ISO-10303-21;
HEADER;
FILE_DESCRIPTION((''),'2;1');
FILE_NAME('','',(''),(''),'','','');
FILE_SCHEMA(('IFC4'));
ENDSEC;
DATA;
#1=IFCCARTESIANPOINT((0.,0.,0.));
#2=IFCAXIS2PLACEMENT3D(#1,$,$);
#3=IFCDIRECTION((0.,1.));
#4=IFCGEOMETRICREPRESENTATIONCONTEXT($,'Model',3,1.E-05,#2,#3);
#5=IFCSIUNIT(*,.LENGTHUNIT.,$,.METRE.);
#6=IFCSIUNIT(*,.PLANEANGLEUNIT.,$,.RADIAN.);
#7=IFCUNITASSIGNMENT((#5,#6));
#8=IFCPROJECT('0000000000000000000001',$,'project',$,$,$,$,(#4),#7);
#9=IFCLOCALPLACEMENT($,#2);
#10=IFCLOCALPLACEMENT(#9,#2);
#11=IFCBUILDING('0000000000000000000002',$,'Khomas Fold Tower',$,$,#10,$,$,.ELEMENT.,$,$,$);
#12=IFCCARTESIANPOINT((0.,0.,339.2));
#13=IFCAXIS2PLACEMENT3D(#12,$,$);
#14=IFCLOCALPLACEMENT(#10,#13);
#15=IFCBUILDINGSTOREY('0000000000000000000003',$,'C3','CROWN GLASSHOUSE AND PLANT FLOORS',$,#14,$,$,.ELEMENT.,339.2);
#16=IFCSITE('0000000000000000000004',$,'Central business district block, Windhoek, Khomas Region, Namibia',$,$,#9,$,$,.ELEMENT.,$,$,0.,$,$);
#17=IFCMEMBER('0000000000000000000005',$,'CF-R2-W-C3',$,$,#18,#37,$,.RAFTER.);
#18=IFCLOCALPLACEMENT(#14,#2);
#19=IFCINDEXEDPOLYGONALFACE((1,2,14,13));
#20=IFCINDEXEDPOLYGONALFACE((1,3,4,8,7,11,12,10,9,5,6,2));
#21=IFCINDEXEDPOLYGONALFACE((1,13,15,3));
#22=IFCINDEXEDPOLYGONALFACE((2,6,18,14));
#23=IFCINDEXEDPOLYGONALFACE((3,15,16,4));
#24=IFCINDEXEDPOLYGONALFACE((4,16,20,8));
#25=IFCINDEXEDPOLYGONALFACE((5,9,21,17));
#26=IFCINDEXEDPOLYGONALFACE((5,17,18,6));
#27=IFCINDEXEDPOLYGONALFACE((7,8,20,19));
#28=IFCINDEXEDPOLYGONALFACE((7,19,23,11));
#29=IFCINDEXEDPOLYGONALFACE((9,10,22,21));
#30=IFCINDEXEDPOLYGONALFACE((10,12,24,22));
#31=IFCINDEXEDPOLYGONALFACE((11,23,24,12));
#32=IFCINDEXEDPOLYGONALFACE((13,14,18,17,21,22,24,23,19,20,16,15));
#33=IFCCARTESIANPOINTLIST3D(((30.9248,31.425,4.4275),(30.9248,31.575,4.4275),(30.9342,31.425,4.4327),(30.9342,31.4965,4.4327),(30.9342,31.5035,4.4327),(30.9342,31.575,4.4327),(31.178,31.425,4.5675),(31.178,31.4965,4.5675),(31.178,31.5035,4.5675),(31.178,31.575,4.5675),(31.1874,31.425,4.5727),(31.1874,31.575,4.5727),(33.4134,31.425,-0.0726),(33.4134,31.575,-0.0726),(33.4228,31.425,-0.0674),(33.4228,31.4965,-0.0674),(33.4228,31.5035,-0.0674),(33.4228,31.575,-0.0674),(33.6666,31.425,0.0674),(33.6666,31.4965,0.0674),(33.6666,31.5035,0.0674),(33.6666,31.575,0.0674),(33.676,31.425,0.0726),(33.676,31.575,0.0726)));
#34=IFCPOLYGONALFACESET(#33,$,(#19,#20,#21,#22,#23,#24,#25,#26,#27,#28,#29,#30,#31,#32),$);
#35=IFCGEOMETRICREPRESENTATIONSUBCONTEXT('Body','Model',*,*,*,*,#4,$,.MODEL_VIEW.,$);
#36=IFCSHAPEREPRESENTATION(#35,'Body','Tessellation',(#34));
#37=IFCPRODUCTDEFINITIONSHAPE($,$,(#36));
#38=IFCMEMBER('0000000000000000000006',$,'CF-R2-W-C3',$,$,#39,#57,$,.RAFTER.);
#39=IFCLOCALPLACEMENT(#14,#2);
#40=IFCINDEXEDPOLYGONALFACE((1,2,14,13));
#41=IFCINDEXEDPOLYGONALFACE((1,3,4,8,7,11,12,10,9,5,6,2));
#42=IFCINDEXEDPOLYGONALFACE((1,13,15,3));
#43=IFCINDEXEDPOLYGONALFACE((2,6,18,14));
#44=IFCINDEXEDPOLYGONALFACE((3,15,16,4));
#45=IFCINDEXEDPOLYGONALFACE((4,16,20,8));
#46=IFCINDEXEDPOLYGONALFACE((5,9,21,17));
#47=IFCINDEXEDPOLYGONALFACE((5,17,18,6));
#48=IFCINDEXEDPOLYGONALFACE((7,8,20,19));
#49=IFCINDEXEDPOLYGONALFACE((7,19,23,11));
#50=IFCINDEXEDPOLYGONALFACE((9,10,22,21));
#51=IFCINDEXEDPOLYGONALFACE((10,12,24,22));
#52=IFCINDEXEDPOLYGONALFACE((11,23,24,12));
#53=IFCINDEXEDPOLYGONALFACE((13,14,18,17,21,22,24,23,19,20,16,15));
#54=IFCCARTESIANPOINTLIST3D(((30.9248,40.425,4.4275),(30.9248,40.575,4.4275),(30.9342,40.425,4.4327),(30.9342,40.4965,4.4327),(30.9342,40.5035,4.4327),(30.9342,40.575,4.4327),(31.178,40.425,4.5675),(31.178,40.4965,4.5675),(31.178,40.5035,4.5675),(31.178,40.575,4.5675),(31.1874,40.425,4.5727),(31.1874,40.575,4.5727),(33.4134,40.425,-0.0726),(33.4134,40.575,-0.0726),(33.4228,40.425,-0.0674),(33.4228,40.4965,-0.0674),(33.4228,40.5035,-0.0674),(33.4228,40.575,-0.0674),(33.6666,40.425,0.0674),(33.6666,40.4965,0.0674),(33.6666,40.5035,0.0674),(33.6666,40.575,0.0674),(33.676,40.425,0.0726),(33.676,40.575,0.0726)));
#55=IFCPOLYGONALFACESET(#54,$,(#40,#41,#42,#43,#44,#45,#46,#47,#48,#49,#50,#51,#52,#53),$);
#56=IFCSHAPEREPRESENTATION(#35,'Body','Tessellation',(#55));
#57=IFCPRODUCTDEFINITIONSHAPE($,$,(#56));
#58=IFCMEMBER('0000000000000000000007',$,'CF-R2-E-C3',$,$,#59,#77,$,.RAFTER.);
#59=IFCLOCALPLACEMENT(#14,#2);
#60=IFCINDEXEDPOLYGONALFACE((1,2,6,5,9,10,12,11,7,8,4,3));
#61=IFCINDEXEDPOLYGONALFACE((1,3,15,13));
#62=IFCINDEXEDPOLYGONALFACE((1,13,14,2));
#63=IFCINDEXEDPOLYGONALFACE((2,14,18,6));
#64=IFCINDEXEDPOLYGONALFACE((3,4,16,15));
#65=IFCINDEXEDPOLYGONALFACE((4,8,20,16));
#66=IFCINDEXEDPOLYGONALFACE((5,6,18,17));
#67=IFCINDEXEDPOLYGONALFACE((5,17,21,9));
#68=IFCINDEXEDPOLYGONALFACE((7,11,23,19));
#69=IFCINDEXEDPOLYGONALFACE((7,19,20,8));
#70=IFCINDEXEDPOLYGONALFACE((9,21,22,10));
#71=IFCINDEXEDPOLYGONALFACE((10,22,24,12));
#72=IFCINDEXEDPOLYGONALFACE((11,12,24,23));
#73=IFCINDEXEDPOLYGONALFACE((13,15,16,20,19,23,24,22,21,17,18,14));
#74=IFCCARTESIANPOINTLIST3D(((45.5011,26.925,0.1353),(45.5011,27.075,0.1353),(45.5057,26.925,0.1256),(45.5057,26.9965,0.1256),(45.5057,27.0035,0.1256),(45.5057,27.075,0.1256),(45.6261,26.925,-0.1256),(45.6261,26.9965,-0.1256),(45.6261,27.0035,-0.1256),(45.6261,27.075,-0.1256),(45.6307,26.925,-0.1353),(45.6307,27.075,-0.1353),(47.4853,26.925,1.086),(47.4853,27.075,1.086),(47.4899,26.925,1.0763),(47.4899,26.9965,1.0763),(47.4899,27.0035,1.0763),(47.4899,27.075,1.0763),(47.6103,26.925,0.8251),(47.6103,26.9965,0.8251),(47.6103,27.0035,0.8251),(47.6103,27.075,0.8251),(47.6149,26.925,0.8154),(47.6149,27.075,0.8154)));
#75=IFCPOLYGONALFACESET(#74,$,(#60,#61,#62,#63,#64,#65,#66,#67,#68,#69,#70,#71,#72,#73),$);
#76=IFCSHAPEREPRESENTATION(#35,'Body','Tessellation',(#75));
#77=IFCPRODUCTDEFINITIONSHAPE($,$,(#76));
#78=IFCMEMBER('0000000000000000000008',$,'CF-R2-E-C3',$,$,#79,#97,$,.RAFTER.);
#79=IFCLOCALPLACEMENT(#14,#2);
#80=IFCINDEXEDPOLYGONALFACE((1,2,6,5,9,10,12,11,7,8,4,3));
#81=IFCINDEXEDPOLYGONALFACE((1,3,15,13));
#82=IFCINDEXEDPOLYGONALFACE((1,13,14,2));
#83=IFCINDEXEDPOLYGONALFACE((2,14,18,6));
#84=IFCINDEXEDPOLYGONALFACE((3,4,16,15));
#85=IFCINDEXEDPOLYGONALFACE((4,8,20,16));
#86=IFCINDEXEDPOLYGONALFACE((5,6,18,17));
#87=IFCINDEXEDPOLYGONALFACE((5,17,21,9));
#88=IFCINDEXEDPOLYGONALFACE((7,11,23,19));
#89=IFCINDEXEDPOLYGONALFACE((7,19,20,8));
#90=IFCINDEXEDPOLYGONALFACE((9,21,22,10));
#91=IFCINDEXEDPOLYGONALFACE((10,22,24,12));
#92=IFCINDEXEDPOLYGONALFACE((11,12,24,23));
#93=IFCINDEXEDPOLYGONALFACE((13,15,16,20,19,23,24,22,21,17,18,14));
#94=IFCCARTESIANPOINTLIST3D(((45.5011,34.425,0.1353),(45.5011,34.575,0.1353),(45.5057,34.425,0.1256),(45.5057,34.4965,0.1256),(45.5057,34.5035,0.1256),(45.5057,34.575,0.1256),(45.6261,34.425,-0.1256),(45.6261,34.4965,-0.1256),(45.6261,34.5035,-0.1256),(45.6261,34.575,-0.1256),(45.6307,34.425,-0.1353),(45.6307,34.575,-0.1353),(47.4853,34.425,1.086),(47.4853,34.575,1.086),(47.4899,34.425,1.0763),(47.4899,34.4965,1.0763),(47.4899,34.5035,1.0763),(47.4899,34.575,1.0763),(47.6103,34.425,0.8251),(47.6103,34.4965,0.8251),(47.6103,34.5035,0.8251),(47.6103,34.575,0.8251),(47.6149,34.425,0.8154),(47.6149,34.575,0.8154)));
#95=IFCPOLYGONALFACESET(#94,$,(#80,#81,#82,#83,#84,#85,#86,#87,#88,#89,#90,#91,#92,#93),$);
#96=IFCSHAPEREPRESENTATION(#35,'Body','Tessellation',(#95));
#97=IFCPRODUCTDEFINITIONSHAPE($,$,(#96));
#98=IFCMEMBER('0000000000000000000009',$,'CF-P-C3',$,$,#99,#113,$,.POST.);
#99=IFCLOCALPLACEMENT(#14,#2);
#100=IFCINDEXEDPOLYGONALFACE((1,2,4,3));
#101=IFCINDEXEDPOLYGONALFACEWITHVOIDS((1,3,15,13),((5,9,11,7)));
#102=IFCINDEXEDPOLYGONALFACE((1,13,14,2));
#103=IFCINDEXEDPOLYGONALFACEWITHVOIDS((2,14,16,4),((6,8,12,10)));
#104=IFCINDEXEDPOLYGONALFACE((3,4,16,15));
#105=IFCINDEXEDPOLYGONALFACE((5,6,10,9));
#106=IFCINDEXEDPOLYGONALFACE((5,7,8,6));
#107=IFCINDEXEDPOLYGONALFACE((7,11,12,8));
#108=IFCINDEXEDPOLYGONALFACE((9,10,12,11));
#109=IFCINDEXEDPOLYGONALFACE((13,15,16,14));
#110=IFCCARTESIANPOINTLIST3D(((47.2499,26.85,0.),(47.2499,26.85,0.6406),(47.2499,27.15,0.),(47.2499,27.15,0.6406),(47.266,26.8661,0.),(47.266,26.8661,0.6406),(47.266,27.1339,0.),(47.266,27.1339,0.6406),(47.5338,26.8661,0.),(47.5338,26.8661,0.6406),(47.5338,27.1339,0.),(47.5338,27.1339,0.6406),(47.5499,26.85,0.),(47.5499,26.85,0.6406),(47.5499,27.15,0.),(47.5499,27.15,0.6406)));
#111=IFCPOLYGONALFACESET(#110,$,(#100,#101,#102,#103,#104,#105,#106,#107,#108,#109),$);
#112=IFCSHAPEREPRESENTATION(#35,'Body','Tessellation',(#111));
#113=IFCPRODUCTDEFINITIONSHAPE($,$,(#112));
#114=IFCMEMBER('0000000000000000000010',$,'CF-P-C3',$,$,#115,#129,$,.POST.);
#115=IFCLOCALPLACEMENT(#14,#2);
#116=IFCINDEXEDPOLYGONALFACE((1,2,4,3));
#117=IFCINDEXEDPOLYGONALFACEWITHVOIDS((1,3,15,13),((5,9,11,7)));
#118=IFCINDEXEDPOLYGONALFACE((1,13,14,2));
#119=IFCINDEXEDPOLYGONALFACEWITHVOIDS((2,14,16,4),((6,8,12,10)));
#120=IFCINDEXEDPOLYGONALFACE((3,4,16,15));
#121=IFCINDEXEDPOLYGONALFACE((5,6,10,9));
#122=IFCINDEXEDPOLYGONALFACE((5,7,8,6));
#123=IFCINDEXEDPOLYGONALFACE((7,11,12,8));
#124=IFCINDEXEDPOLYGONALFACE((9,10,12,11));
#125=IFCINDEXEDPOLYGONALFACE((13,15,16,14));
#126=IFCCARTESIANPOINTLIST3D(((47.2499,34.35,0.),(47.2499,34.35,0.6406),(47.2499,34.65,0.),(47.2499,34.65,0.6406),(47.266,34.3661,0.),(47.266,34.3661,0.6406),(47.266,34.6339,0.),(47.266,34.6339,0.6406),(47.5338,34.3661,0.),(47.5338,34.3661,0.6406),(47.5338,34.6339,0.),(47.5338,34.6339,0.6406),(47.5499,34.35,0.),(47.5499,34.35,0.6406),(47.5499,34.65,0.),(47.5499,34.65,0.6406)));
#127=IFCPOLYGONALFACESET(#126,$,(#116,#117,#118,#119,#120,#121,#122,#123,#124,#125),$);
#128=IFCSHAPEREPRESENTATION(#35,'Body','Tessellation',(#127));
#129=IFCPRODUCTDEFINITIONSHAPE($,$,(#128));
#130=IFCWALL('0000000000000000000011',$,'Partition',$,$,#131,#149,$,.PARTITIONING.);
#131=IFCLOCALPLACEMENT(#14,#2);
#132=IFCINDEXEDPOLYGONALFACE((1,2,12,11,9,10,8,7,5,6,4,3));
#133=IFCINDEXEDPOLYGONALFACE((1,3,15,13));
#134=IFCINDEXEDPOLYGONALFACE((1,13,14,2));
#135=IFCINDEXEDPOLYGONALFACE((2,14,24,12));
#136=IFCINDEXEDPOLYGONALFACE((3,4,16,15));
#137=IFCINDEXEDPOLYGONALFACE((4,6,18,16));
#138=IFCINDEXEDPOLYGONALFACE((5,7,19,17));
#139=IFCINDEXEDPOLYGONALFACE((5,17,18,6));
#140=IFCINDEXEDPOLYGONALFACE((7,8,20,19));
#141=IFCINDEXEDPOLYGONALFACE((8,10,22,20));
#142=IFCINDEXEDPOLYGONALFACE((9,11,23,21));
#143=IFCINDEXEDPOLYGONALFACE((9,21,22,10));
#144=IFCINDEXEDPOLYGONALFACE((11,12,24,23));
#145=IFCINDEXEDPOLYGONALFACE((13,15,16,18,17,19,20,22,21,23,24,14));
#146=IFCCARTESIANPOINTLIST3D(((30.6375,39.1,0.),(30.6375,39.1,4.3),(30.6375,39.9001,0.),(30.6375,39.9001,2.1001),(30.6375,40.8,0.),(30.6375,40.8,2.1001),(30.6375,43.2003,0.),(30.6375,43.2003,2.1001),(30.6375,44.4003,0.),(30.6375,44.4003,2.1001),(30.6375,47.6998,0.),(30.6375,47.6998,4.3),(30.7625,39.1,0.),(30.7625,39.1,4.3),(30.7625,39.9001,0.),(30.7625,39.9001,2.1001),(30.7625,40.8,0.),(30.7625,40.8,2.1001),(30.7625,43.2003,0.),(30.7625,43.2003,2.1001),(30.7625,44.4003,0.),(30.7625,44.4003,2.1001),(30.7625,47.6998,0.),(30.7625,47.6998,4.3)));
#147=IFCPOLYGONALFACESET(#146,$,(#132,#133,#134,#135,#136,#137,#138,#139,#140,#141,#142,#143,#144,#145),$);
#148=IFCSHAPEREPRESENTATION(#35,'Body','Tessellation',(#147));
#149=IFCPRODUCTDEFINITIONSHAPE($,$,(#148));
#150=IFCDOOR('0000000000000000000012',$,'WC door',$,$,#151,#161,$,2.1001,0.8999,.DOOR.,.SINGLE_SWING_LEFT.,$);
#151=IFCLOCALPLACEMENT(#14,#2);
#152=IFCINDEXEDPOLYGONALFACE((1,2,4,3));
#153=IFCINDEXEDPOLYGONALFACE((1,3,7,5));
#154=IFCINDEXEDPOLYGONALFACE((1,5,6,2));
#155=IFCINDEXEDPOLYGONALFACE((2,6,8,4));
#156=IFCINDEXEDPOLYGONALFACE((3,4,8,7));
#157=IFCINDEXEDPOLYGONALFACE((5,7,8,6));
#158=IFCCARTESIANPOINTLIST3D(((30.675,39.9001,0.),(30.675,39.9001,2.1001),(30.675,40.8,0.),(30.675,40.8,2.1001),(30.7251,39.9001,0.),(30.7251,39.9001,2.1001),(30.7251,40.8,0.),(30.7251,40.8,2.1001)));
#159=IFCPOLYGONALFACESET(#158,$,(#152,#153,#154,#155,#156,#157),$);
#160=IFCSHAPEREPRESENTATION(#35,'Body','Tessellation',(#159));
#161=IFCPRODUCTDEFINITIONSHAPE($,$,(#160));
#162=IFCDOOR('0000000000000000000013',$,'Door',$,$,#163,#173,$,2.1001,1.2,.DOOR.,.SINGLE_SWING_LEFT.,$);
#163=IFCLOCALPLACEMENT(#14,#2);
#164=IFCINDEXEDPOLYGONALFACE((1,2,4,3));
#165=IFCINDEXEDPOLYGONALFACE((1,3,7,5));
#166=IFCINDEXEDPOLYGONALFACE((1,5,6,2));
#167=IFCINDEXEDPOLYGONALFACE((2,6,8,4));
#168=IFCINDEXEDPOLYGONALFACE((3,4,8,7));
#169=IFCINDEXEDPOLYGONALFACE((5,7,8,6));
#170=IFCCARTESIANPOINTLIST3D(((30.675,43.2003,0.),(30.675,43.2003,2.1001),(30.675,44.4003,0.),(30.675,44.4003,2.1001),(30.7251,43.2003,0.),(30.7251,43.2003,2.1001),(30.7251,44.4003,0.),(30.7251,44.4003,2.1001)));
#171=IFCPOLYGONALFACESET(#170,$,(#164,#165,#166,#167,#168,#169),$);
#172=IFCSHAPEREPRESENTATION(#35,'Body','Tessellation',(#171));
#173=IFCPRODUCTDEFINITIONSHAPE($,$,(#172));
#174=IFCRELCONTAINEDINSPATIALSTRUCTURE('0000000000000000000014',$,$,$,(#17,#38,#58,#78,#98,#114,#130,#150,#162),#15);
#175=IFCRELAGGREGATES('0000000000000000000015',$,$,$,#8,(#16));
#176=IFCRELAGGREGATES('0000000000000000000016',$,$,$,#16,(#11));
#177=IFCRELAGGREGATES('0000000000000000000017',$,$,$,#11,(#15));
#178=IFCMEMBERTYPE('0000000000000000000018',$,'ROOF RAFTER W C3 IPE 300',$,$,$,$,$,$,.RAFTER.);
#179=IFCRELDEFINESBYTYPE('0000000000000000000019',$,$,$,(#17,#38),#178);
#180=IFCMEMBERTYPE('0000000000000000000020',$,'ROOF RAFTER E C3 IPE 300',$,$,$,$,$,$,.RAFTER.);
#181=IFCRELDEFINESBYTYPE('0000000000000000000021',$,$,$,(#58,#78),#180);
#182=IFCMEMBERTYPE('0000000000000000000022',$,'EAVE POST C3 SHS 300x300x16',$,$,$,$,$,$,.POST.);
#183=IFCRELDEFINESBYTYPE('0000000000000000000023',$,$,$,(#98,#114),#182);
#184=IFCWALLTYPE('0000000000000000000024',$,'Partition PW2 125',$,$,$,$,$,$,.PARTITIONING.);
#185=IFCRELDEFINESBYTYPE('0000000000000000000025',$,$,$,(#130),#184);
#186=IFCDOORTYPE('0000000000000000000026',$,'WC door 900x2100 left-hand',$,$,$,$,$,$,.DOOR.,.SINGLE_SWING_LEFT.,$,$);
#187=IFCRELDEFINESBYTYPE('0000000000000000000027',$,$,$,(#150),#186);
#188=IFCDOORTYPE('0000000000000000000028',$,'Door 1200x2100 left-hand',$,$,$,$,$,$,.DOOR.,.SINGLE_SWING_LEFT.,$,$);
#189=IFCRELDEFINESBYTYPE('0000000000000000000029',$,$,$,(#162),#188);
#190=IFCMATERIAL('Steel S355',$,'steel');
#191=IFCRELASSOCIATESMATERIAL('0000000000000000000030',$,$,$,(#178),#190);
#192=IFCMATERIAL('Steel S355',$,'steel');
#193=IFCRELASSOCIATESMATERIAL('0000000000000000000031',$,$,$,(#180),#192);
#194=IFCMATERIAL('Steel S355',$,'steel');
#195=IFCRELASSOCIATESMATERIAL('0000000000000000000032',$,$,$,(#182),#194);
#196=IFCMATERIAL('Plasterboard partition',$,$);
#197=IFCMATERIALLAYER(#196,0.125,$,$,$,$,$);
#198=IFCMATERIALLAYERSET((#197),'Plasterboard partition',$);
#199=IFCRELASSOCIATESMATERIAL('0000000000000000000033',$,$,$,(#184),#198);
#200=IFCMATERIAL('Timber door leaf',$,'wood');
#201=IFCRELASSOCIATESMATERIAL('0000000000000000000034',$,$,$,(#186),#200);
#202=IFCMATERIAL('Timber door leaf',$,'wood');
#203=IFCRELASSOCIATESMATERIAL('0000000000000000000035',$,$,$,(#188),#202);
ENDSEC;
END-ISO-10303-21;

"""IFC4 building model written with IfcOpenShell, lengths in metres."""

from ifc_helpers import new_model, si_unit, direction, frame, frame_2d, origin, origin_2d, place, context, subcontext, project, spatial, rectangle, hollow_rectangle, i_section, extrude, source, transform, mapped, material, layer, layer_set, material_profile, profile_set, type_object, element, fill, save


model = new_model("IFC4")

# Units and contexts
model_context = context("Model", 3, precision=1e-05, world=origin(), true_north=direction((0.0, 1.0)))
body_context = subcontext(model_context, "Body", "Model", "MODEL_VIEW")
ifc_project = project(units=[si_unit("LENGTHUNIT", "METRE"), si_unit("PLANEANGLEUNIT", "RADIAN")], contexts=[model_context])

# Site, building, storey
site_placement = place(None, origin())
site = spatial("IfcSite", under=ifc_project, at=site_placement, Name="Central business district block, Windhoek, Khomas Region, Namibia", CompositionType="ELEMENT", RefElevation=0.0)
building_placement = place(site_placement, origin())
building = spatial("IfcBuilding", under=site, at=building_placement, Name="Khomas Fold Tower", CompositionType="ELEMENT")
storey_placement = place(building_placement, frame((0.0, 0.0, 339.2)))
storey = spatial("IfcBuildingStorey", under=building, at=storey_placement, Name="C3", Description="CROWN GLASSHOUSE AND PLANT FLOORS", CompositionType="ELEMENT", Elevation=339.2)

# Members
ifc_material_1 = material(Name="Steel S355", Category="steel")
ifc_material_profile_1 = material_profile(ifc_material_1, i_section(OverallWidth=0.1499, OverallDepth=0.3, WebThickness=0.0071, FlangeThickness=0.0107, at=origin_2d()), Name="IPE 300")
ifc_profile_set_1 = profile_set([ifc_material_profile_1], Name="Steel S355")
member_type_1 = type_object("IfcMemberType", Name="ROOF RAFTER W C3 IPE 300", PredefinedType="RAFTER", material=ifc_profile_set_1)
shared_shape_1 = source(origin(), body_context, "Body", "SweptSolid", [
    extrude(i_section(OverallWidth=0.1499, OverallDepth=0.3, WebThickness=0.0071, FlangeThickness=0.0107, at=origin_2d()), origin(), (0.0, 0.0, 1.0), 5.1423),
])
for number, where, z_axis, x_axis, name in (
    (1, (33.5447, 31.5, 0.0), (-0.483937, 0.0, 0.875103), (0.0, -1.0, 0.0), "CF-R2-W-C3"),
    (2, (33.5447, 40.5, 0.0), (-0.483937, 0.0, 0.875103), (0.0, -1.0, 0.0), "CF-R2-W-C3"),
):
    element("IfcMember", number, at=place(storey_placement, frame(where, z_axis=z_axis, x_axis=x_axis)), inside=storey, type_object=member_type_1, Name=name, PredefinedType="RAFTER", context=body_context, shape_type="MappedRepresentation", body=[
        mapped(shared_shape_1, transform((0.0, 0.0, 0.0))),
    ])
ifc_material_2 = material(Name="Steel S355", Category="steel")
ifc_material_profile_2 = material_profile(ifc_material_2, i_section(OverallWidth=0.1499, OverallDepth=0.3, WebThickness=0.0071, FlangeThickness=0.0107, at=origin_2d()), Name="IPE 300")
ifc_profile_set_2 = profile_set([ifc_material_profile_2], Name="Steel S355")
member_type_2 = type_object("IfcMemberType", Name="ROOF RAFTER E C3 IPE 300", PredefinedType="RAFTER", material=ifc_profile_set_2)
shared_shape_2 = source(origin(), body_context, "Body", "SweptSolid", [
    extrude(i_section(OverallWidth=0.1499, OverallDepth=0.3, WebThickness=0.0071, FlangeThickness=0.0107, at=origin_2d()), origin(), (0.0, 0.0, 1.0), 2.2002),
])
for number, where, z_axis, x_axis, name in (
    (3, (45.5659, 27.0, 0.0), (0.901824, 0.0, 0.432103), (0.0, 1.0, 0.0), "CF-R2-E-C3"),
    (4, (45.5659, 34.5, 0.0), (0.901824, 0.0, 0.432103), (0.0, 1.0, 0.0), "CF-R2-E-C3"),
):
    element("IfcMember", number, at=place(storey_placement, frame(where, z_axis=z_axis, x_axis=x_axis)), inside=storey, type_object=member_type_2, Name=name, PredefinedType="RAFTER", context=body_context, shape_type="MappedRepresentation", body=[
        mapped(shared_shape_2, transform((0.0, 0.0, 0.0))),
    ])
ifc_material_3 = material(Name="Steel S355", Category="steel")
ifc_material_profile_3 = material_profile(ifc_material_3, hollow_rectangle(XDim=0.3, YDim=0.3, WallThickness=0.0161, at=origin_2d()), Name="SHS 300x300x16")
ifc_profile_set_3 = profile_set([ifc_material_profile_3], Name="Steel S355")
member_type_3 = type_object("IfcMemberType", Name="EAVE POST C3 SHS 300x300x16", PredefinedType="POST", material=ifc_profile_set_3)
shared_shape_3 = source(origin(), body_context, "Body", "SweptSolid", [
    extrude(hollow_rectangle(XDim=0.3, YDim=0.3, WallThickness=0.0161, at=origin_2d()), origin(), (0.0, 0.0, 1.0), 0.6406),
])
for number, where, z_axis, x_axis, name in (
    (5, (47.3999, 27.0, 0.0), (0.0, 0.0, 1.0), (1.0, 0.0, 0.0), "CF-P-C3"),
    (6, (47.3999, 34.5, 0.0), (0.0, 0.0, 1.0), (1.0, 0.0, 0.0), "CF-P-C3"),
):
    element("IfcMember", number, at=place(storey_placement, frame(where, z_axis=z_axis, x_axis=x_axis)), inside=storey, type_object=member_type_3, Name=name, PredefinedType="POST", context=body_context, shape_type="MappedRepresentation", body=[
        mapped(shared_shape_3, transform((0.0, 0.0, 0.0))),
    ])

# Wall, openings, doors
ifc_material_4 = material(Name="Plasterboard partition")
ifc_layer = layer(ifc_material_4, 0.125)
ifc_layer_set = layer_set([ifc_layer], Name="Plasterboard partition")
wall_type = type_object("IfcWallType", Name="Partition PW2 125", PredefinedType="PARTITIONING", material=ifc_layer_set)
shared_shape_4 = source(origin(), body_context, "Body", "SweptSolid", [
    extrude(rectangle(XDim=8.5999, YDim=0.125, at=frame_2d((4.2998, 0.0))), origin(), (0.0, 0.0, 1.0), 4.3),
])
wall_placement = place(storey_placement, frame((30.7, 39.1001, 0.0), z_axis=(0.0, 0.0, 1.0), x_axis=(0.0, 1.0, 0.0)))
wall = element("IfcWall", 7, at=wall_placement, inside=storey, type_object=wall_type, Name="Partition", PredefinedType="PARTITIONING", context=body_context, shape_type="MappedRepresentation", body=[
    mapped(shared_shape_4, transform((0.0, 0.0, 0.0))),
])
shared_shape_5 = source(origin(), body_context, "Body", "SweptSolid", [
    extrude(rectangle(XDim=0.8999, YDim=2.1001, at=frame_2d((0.45, 1.05))), frame((0.0, 0.0725, 0.0), z_axis=(0.0, -1.0, 0.0), x_axis=(1.0, 0.0, 0.0)), (0.0, 0.0, 1.0), 0.145),
])
opening_1_placement = place(wall_placement, frame((0.8, 0.0, 0.0)))
opening_1 = element("IfcOpeningElement", 8, at=opening_1_placement, cuts=wall, PredefinedType="OPENING", context=body_context, shape_type="MappedRepresentation", body=[
    mapped(shared_shape_5, transform((0.0, 0.0, 0.0))),
])
shared_shape_6 = source(origin(), body_context, "Body", "SweptSolid", [
    extrude(rectangle(XDim=1.2, YDim=2.1001, at=frame_2d((0.6001, 1.05))), frame((0.0, 0.0725, 0.0), z_axis=(0.0, -1.0, 0.0), x_axis=(1.0, 0.0, 0.0)), (0.0, 0.0, 1.0), 0.145),
])
opening_2_placement = place(wall_placement, frame((4.1001, 0.0, 0.0)))
opening_2 = element("IfcOpeningElement", 9, at=opening_2_placement, cuts=wall, PredefinedType="OPENING", context=body_context, shape_type="MappedRepresentation", body=[
    mapped(shared_shape_6, transform((0.0, 0.0, 0.0))),
])
ifc_material_5 = material(Name="Timber door leaf", Category="wood")
door_type_1 = type_object("IfcDoorType", Name="WC door 900x2100 left-hand", OperationType="SINGLE_SWING_LEFT", PredefinedType="DOOR", material=ifc_material_5)
shared_shape_7 = source(origin(), body_context, "Body", "SweptSolid", [
    extrude(rectangle(XDim=0.8999, YDim=2.1001, at=frame_2d((0.45, 1.05))), frame((0.0, 0.0249, 0.0), z_axis=(0.0, -1.0, 0.0), x_axis=(1.0, 0.0, 0.0)), (0.0, 0.0, 1.0), 0.05),
])
door_1_placement = place(opening_1_placement, origin())
door_1 = element("IfcDoor", 10, at=door_1_placement, inside=storey, type_object=door_type_1, Name="WC door", OperationType="SINGLE_SWING_LEFT", OverallHeight=2.1001, OverallWidth=0.8999, PredefinedType="DOOR", context=body_context, shape_type="MappedRepresentation", body=[
    mapped(shared_shape_7, transform((0.0, 0.0, 0.0))),
])
fill(opening_1, door_1)
ifc_material_6 = material(Name="Timber door leaf", Category="wood")
door_type_2 = type_object("IfcDoorType", Name="Door 1200x2100 left-hand", OperationType="SINGLE_SWING_LEFT", PredefinedType="DOOR", material=ifc_material_6)
shared_shape_8 = source(origin(), body_context, "Body", "SweptSolid", [
    extrude(rectangle(XDim=1.2, YDim=2.1001, at=frame_2d((0.6001, 1.05))), frame((0.0, 0.0249, 0.0), z_axis=(0.0, -1.0, 0.0), x_axis=(1.0, 0.0, 0.0)), (0.0, 0.0, 1.0), 0.05),
])
door_2_placement = place(opening_2_placement, origin())
door_2 = element("IfcDoor", 11, at=door_2_placement, inside=storey, type_object=door_type_2, Name="Door", OperationType="SINGLE_SWING_LEFT", OverallHeight=2.1001, OverallWidth=1.2, PredefinedType="DOOR", context=body_context, shape_type="MappedRepresentation", body=[
    mapped(shared_shape_8, transform((0.0, 0.0, 0.0))),
])
fill(opening_2, door_2)

save(model, "model.ifc")
